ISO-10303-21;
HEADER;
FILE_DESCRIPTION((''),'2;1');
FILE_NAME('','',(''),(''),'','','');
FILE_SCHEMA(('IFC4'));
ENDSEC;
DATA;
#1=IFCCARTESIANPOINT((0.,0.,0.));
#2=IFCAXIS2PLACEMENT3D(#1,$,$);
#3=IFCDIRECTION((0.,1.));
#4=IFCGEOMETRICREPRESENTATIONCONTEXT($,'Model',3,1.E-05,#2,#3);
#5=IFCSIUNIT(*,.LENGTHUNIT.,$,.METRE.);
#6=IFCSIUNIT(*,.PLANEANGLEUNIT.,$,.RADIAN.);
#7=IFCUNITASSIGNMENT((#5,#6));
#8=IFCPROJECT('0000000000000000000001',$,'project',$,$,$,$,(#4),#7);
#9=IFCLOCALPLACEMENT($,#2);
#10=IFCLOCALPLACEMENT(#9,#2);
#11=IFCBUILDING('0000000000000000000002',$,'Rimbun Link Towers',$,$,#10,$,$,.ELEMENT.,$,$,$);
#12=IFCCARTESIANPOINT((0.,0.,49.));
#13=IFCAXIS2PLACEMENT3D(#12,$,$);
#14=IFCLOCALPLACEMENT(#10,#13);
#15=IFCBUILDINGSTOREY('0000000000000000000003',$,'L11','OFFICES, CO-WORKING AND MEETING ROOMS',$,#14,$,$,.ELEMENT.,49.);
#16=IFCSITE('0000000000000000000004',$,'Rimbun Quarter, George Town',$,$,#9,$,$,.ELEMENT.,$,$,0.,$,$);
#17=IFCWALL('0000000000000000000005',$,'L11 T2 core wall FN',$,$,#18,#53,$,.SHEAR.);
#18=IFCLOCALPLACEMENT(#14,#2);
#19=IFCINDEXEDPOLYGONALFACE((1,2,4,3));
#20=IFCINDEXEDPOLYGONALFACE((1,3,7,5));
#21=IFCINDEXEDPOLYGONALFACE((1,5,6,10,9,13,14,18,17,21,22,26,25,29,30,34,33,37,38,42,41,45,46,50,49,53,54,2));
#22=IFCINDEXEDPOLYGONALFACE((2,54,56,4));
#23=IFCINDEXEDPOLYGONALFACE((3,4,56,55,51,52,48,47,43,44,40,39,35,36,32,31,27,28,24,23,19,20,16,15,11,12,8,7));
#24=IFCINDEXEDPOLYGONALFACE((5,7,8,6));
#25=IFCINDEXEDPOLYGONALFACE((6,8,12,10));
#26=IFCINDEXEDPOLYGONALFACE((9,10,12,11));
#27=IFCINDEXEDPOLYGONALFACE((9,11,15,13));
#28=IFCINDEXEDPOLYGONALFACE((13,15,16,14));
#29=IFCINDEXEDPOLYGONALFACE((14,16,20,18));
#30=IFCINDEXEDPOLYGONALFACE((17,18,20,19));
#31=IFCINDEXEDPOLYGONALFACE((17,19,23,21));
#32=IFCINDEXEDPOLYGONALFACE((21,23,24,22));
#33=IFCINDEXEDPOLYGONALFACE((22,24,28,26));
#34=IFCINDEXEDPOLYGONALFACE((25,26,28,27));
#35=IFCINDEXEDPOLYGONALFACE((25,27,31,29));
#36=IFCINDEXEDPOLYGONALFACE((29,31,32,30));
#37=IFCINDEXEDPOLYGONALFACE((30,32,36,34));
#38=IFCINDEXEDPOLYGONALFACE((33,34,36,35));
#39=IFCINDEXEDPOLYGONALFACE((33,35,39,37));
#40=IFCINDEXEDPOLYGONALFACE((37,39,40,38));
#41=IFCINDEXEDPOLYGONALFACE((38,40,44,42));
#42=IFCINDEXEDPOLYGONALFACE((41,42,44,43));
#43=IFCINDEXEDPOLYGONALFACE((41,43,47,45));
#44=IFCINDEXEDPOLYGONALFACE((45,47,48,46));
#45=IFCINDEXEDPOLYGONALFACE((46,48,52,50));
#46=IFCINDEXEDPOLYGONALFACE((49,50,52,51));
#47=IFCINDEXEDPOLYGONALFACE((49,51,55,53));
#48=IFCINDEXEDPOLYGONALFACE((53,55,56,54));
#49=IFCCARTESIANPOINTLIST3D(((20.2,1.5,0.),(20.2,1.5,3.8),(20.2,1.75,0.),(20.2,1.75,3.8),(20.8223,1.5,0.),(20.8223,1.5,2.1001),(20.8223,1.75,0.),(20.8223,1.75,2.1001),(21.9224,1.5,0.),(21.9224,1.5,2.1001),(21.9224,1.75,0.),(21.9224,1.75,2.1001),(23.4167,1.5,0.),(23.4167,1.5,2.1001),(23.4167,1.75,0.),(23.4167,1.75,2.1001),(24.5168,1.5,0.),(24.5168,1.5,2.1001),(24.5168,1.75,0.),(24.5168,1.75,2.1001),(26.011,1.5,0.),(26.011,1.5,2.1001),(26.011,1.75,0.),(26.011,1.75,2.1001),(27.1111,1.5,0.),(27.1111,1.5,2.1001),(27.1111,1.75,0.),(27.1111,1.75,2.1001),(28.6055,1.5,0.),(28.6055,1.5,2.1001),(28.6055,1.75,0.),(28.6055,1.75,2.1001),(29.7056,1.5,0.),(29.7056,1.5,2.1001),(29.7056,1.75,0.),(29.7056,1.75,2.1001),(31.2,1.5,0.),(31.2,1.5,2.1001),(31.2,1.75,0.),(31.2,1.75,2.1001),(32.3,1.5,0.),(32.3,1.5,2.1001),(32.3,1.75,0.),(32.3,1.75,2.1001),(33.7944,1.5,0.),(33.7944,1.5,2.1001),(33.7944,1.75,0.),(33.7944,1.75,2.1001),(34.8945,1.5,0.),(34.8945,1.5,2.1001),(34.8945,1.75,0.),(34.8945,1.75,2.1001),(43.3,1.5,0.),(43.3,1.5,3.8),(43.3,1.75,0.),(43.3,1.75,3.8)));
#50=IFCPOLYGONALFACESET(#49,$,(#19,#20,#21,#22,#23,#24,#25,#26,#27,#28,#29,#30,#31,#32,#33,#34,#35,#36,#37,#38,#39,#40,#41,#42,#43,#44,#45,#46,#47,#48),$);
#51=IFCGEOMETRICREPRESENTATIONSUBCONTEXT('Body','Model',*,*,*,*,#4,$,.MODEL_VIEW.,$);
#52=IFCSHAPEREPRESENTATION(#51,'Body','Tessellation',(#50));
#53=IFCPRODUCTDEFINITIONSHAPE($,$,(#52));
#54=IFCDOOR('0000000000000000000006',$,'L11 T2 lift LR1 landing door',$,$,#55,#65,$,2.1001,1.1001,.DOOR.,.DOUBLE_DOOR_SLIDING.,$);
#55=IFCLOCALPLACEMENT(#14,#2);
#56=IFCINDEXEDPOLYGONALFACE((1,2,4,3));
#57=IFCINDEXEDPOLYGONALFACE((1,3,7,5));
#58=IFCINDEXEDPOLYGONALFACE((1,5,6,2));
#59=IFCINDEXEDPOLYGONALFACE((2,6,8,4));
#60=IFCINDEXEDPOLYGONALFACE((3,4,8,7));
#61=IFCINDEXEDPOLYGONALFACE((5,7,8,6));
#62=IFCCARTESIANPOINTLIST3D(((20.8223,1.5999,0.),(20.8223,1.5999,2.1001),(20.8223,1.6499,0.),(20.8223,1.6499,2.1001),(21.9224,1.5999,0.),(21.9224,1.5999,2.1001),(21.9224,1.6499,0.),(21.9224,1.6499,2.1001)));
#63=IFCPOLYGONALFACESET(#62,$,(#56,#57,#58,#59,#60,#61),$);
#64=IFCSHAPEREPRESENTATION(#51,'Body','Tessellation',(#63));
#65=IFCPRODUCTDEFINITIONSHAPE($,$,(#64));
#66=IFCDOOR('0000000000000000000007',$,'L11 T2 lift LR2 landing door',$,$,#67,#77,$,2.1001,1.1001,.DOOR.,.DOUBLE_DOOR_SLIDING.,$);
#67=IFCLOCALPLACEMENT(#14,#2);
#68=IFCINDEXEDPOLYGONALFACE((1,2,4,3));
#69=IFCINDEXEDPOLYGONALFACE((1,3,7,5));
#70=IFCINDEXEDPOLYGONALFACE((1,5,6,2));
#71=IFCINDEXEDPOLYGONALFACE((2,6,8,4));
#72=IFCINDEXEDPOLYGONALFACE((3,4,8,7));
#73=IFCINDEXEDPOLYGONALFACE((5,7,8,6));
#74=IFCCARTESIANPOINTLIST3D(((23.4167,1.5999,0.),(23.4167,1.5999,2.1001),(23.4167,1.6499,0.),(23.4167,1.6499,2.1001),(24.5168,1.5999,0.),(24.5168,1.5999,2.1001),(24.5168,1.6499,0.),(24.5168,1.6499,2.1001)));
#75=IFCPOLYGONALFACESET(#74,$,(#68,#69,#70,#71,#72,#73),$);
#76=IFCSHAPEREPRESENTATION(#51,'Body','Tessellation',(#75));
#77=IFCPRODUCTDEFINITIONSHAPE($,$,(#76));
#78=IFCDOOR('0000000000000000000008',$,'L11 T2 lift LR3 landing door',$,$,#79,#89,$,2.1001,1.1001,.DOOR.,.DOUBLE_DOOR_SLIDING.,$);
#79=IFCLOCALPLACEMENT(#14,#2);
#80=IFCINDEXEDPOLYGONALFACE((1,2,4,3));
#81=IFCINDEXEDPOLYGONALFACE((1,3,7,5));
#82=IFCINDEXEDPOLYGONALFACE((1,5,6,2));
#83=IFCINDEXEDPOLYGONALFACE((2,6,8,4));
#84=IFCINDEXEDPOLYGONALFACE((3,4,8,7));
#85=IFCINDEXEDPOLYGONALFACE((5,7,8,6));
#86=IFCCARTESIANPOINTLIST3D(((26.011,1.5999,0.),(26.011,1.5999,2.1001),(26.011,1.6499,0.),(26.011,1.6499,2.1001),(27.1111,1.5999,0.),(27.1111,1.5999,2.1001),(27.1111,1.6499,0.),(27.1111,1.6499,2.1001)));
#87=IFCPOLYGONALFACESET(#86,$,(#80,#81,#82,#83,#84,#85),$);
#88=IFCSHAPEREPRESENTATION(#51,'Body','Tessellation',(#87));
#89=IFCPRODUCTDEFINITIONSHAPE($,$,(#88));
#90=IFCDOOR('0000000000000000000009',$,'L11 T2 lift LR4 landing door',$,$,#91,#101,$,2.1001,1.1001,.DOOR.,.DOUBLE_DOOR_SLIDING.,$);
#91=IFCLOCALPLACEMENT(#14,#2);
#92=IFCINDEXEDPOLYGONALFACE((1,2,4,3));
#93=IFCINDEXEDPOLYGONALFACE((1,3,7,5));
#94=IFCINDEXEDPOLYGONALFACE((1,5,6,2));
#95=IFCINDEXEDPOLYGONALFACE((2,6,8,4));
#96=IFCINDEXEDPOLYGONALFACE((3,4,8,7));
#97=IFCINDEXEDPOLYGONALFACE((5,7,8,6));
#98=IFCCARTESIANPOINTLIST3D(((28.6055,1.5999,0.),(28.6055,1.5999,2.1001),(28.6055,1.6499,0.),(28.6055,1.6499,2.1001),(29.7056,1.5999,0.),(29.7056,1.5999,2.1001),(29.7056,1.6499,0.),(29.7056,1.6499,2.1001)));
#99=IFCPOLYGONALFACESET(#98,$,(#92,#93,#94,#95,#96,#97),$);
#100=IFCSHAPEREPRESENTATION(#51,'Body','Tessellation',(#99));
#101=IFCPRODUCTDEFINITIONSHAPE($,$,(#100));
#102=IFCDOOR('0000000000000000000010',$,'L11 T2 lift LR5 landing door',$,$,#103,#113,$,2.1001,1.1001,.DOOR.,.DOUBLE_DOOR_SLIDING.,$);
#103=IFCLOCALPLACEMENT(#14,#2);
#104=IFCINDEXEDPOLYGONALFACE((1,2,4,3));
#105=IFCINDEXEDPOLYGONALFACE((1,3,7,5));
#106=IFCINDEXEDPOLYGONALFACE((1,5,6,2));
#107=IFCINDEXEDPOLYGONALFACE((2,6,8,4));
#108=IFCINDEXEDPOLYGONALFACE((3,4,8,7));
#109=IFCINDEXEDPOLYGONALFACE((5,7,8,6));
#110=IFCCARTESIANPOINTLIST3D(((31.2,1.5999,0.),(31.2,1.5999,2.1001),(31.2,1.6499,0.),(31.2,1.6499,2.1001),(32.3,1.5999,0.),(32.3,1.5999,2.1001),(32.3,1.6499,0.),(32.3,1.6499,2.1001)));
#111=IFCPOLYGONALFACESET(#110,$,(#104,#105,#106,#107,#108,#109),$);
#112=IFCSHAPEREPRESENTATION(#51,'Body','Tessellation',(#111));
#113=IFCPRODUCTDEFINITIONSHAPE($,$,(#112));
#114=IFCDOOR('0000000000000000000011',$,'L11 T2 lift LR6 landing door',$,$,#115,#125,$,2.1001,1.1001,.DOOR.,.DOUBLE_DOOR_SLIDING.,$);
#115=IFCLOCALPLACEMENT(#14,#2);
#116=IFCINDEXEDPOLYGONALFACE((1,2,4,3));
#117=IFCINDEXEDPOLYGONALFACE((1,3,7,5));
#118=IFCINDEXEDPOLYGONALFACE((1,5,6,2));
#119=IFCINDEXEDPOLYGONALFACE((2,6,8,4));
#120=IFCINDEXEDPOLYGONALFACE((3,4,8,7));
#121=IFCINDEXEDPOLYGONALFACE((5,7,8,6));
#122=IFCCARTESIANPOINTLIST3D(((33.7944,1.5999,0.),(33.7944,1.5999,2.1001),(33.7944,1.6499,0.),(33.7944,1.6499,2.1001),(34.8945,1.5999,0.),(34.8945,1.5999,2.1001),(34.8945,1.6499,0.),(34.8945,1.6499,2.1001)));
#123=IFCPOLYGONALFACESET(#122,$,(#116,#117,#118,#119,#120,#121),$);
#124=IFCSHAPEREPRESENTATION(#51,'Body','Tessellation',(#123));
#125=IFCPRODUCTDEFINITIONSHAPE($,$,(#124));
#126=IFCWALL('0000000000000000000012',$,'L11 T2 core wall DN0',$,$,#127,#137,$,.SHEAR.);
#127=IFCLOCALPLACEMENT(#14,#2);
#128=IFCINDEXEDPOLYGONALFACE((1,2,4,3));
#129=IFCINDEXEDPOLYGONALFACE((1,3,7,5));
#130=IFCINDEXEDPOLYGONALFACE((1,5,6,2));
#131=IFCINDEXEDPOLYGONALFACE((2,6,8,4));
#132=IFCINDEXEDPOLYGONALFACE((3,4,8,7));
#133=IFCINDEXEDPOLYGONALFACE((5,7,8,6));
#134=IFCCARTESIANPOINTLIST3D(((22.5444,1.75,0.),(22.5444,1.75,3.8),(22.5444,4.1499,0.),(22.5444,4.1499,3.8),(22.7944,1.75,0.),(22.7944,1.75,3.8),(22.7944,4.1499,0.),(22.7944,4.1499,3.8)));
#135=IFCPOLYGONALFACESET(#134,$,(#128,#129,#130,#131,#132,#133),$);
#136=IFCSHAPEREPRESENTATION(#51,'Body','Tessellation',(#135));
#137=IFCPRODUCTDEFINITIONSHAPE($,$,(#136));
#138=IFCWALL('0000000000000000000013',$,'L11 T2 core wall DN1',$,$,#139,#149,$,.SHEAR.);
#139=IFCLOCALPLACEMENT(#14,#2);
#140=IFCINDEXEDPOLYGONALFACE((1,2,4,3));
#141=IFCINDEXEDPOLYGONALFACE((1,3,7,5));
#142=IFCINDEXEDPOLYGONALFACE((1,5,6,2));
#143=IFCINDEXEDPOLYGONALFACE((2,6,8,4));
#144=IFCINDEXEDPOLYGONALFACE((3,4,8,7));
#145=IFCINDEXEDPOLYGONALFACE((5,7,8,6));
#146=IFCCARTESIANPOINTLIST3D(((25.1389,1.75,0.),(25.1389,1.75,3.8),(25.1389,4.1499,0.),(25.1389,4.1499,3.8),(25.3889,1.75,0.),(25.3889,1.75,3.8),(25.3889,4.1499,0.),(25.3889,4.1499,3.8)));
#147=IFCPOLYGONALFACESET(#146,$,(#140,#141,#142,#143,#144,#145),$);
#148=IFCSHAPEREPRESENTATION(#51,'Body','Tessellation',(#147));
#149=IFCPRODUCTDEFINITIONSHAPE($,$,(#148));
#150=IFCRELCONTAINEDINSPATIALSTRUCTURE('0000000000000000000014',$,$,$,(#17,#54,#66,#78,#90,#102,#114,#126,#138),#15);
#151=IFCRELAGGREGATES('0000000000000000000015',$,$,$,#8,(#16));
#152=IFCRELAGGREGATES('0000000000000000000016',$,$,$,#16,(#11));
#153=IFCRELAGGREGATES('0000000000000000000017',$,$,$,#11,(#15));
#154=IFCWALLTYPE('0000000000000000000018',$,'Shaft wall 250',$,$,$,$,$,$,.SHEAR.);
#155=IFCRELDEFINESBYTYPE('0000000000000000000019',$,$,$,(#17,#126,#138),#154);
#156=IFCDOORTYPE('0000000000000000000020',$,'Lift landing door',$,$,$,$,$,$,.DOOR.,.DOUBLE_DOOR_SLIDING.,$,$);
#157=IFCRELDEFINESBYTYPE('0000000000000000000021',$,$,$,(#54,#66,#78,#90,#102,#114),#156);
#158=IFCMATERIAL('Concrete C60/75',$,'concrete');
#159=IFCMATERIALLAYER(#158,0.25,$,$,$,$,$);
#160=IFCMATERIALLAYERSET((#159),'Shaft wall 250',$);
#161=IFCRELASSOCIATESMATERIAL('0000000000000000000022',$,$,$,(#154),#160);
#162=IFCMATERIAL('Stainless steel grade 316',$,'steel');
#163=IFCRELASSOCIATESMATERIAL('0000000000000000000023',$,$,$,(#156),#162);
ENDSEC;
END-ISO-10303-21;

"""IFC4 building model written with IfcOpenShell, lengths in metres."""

from ifc_helpers import new_model, si_unit, direction, frame, frame_2d, origin, place, context, subcontext, project, spatial, rectangle, extrude, material, layer, layer_set, type_object, element, fill, save


model = new_model("IFC4")

# Units and contexts
model_context = context("Model", 3, precision=1e-05, world=origin(), true_north=direction((0.0, 1.0)))
body_context = subcontext(model_context, "Body", "Model", "MODEL_VIEW")
ifc_project = project(units=[si_unit("LENGTHUNIT", "METRE"), si_unit("PLANEANGLEUNIT", "RADIAN")], contexts=[model_context])

# Site, building, storey
site_placement = place(None, origin())
site = spatial("IfcSite", under=ifc_project, at=site_placement, Name="Rimbun Quarter, George Town", CompositionType="ELEMENT", RefElevation=0.0)
building_placement = place(site_placement, origin())
building = spatial("IfcBuilding", under=site, at=building_placement, Name="Rimbun Link Towers", CompositionType="ELEMENT")
storey_placement = place(building_placement, frame((0.0, 0.0, 49.0)))
storey = spatial("IfcBuildingStorey", under=building, at=storey_placement, Name="L11", Description="OFFICES, CO-WORKING AND MEETING ROOMS", CompositionType="ELEMENT", Elevation=49.0)

# Shared definitions
ifc_material_1 = material(Name="Concrete C60/75", Category="concrete")
ifc_layer = layer(ifc_material_1, 0.25)
ifc_layer_set = layer_set([ifc_layer], Name="Shaft wall 250")
wall_type = type_object("IfcWallType", Name="Shaft wall 250", PredefinedType="SHEAR", material=ifc_layer_set)

# Wall, openings, doors
wall_1_placement = place(storey_placement, frame((20.2, 1.625, 0.0), z_axis=(0.0, 0.0, 1.0), x_axis=(1.0, 0.0, 0.0)))
wall_1 = element("IfcWall", 1, at=wall_1_placement, inside=storey, type_object=wall_type, Name="L11 T2 core wall FN", PredefinedType="SHEAR", context=body_context, shape_type="SweptSolid", body=[
    extrude(rectangle(XDim=23.1001, YDim=0.25, at=frame_2d((11.55, 0.0))), origin(), (0.0, 0.0, 1.0), 3.8),
])
opening_1_placement = place(wall_1_placement, frame((0.6223, 0.0, 0.0)))
opening_1 = element("IfcOpeningElement", 2, at=opening_1_placement, cuts=wall_1, PredefinedType="OPENING", context=body_context, shape_type="SweptSolid", body=[
    extrude(rectangle(XDim=1.1001, YDim=2.1001, at=frame_2d((0.55, 1.05))), frame((0.0, 0.135, 0.0), z_axis=(0.0, -1.0, 0.0), x_axis=(1.0, 0.0, 0.0)), (0.0, 0.0, 1.0), 0.27),
])
opening_2_placement = place(wall_1_placement, frame((3.2168, 0.0, 0.0)))
opening_2 = element("IfcOpeningElement", 3, at=opening_2_placement, cuts=wall_1, PredefinedType="OPENING", context=body_context, shape_type="SweptSolid", body=[
    extrude(rectangle(XDim=1.1001, YDim=2.1001, at=frame_2d((0.55, 1.05))), frame((0.0, 0.135, 0.0), z_axis=(0.0, -1.0, 0.0), x_axis=(1.0, 0.0, 0.0)), (0.0, 0.0, 1.0), 0.27),
])
opening_3_placement = place(wall_1_placement, frame((5.811, 0.0, 0.0)))
opening_3 = element("IfcOpeningElement", 4, at=opening_3_placement, cuts=wall_1, PredefinedType="OPENING", context=body_context, shape_type="SweptSolid", body=[
    extrude(rectangle(XDim=1.1001, YDim=2.1001, at=frame_2d((0.55, 1.05))), frame((0.0, 0.135, 0.0), z_axis=(0.0, -1.0, 0.0), x_axis=(1.0, 0.0, 0.0)), (0.0, 0.0, 1.0), 0.27),
])
opening_4_placement = place(wall_1_placement, frame((8.4055, 0.0, 0.0)))
opening_4 = element("IfcOpeningElement", 5, at=opening_4_placement, cuts=wall_1, PredefinedType="OPENING", context=body_context, shape_type="SweptSolid", body=[
    extrude(rectangle(XDim=1.1001, YDim=2.1001, at=frame_2d((0.55, 1.05))), frame((0.0, 0.135, 0.0), z_axis=(0.0, -1.0, 0.0), x_axis=(1.0, 0.0, 0.0)), (0.0, 0.0, 1.0), 0.27),
])
opening_5_placement = place(wall_1_placement, frame((11.0, 0.0, 0.0)))
opening_5 = element("IfcOpeningElement", 6, at=opening_5_placement, cuts=wall_1, PredefinedType="OPENING", context=body_context, shape_type="SweptSolid", body=[
    extrude(rectangle(XDim=1.1001, YDim=2.1001, at=frame_2d((0.55, 1.05))), frame((0.0, 0.135, 0.0), z_axis=(0.0, -1.0, 0.0), x_axis=(1.0, 0.0, 0.0)), (0.0, 0.0, 1.0), 0.27),
])
opening_6_placement = place(wall_1_placement, frame((13.5945, 0.0, 0.0)))
opening_6 = element("IfcOpeningElement", 7, at=opening_6_placement, cuts=wall_1, PredefinedType="OPENING", context=body_context, shape_type="SweptSolid", body=[
    extrude(rectangle(XDim=1.1001, YDim=2.1001, at=frame_2d((0.55, 1.05))), frame((0.0, 0.135, 0.0), z_axis=(0.0, -1.0, 0.0), x_axis=(1.0, 0.0, 0.0)), (0.0, 0.0, 1.0), 0.27),
])
ifc_material_2 = material(Name="Stainless steel grade 316", Category="steel")
door_type = type_object("IfcDoorType", Name="Lift landing door", OperationType="DOUBLE_DOOR_SLIDING", PredefinedType="DOOR", material=ifc_material_2)
door_1_placement = place(opening_1_placement, origin())
door_1 = element("IfcDoor", 8, at=door_1_placement, inside=storey, type_object=door_type, Name="L11 T2 lift LR1 landing door", OperationType="DOUBLE_DOOR_SLIDING", OverallHeight=2.1001, OverallWidth=1.1001, PredefinedType="DOOR", context=body_context, shape_type="SweptSolid", body=[
    extrude(rectangle(XDim=1.1001, YDim=2.1001, at=frame_2d((0.55, 1.05))), frame((0.0, 0.0249, 0.0), z_axis=(0.0, -1.0, 0.0), x_axis=(1.0, 0.0, 0.0)), (0.0, 0.0, 1.0), 0.05),
])
fill(opening_1, door_1)
door_2_placement = place(opening_2_placement, origin())
door_2 = element("IfcDoor", 9, at=door_2_placement, inside=storey, type_object=door_type, Name="L11 T2 lift LR2 landing door", OperationType="DOUBLE_DOOR_SLIDING", OverallHeight=2.1001, OverallWidth=1.1001, PredefinedType="DOOR", context=body_context, shape_type="SweptSolid", body=[
    extrude(rectangle(XDim=1.1001, YDim=2.1001, at=frame_2d((0.55, 1.05))), frame((0.0, 0.0249, 0.0), z_axis=(0.0, -1.0, 0.0), x_axis=(1.0, 0.0, 0.0)), (0.0, 0.0, 1.0), 0.05),
])
fill(opening_2, door_2)
door_3_placement = place(opening_3_placement, origin())
door_3 = element("IfcDoor", 10, at=door_3_placement, inside=storey, type_object=door_type, Name="L11 T2 lift LR3 landing door", OperationType="DOUBLE_DOOR_SLIDING", OverallHeight=2.1001, OverallWidth=1.1001, PredefinedType="DOOR", context=body_context, shape_type="SweptSolid", body=[
    extrude(rectangle(XDim=1.1001, YDim=2.1001, at=frame_2d((0.55, 1.05))), frame((0.0, 0.0249, 0.0), z_axis=(0.0, -1.0, 0.0), x_axis=(1.0, 0.0, 0.0)), (0.0, 0.0, 1.0), 0.05),
])
fill(opening_3, door_3)
door_4_placement = place(opening_4_placement, origin())
door_4 = element("IfcDoor", 11, at=door_4_placement, inside=storey, type_object=door_type, Name="L11 T2 lift LR4 landing door", OperationType="DOUBLE_DOOR_SLIDING", OverallHeight=2.1001, OverallWidth=1.1001, PredefinedType="DOOR", context=body_context, shape_type="SweptSolid", body=[
    extrude(rectangle(XDim=1.1001, YDim=2.1001, at=frame_2d((0.55, 1.05))), frame((0.0, 0.0249, 0.0), z_axis=(0.0, -1.0, 0.0), x_axis=(1.0, 0.0, 0.0)), (0.0, 0.0, 1.0), 0.05),
])
fill(opening_4, door_4)
door_5_placement = place(opening_5_placement, origin())
door_5 = element("IfcDoor", 12, at=door_5_placement, inside=storey, type_object=door_type, Name="L11 T2 lift LR5 landing door", OperationType="DOUBLE_DOOR_SLIDING", OverallHeight=2.1001, OverallWidth=1.1001, PredefinedType="DOOR", context=body_context, shape_type="SweptSolid", body=[
    extrude(rectangle(XDim=1.1001, YDim=2.1001, at=frame_2d((0.55, 1.05))), frame((0.0, 0.0249, 0.0), z_axis=(0.0, -1.0, 0.0), x_axis=(1.0, 0.0, 0.0)), (0.0, 0.0, 1.0), 0.05),
])
fill(opening_5, door_5)
door_6_placement = place(opening_6_placement, origin())
door_6 = element("IfcDoor", 13, at=door_6_placement, inside=storey, type_object=door_type, Name="L11 T2 lift LR6 landing door", OperationType="DOUBLE_DOOR_SLIDING", OverallHeight=2.1001, OverallWidth=1.1001, PredefinedType="DOOR", context=body_context, shape_type="SweptSolid", body=[
    extrude(rectangle(XDim=1.1001, YDim=2.1001, at=frame_2d((0.55, 1.05))), frame((0.0, 0.0249, 0.0), z_axis=(0.0, -1.0, 0.0), x_axis=(1.0, 0.0, 0.0)), (0.0, 0.0, 1.0), 0.05),
])
fill(opening_6, door_6)

# Walls
for number, where, z_axis, x_axis, name in (
    (14, (22.6694, 1.75, 0.0), (0.0, 0.0, 1.0), (0.0, 1.0, 0.0), "L11 T2 core wall DN0"),
    (15, (25.2639, 1.75, 0.0), (0.0, 0.0, 1.0), (0.0, 1.0, 0.0), "L11 T2 core wall DN1"),
):
    element("IfcWall", number, at=place(storey_placement, frame(where, z_axis=z_axis, x_axis=x_axis)), inside=storey, type_object=wall_type, Name=name, PredefinedType="SHEAR", context=body_context, shape_type="SweptSolid", body=[
        extrude(rectangle(XDim=2.3999, YDim=0.25, at=frame_2d((1.2, 0.0))), origin(), (0.0, 0.0, 1.0), 3.8),
    ])

save(model, "model.ifc")
